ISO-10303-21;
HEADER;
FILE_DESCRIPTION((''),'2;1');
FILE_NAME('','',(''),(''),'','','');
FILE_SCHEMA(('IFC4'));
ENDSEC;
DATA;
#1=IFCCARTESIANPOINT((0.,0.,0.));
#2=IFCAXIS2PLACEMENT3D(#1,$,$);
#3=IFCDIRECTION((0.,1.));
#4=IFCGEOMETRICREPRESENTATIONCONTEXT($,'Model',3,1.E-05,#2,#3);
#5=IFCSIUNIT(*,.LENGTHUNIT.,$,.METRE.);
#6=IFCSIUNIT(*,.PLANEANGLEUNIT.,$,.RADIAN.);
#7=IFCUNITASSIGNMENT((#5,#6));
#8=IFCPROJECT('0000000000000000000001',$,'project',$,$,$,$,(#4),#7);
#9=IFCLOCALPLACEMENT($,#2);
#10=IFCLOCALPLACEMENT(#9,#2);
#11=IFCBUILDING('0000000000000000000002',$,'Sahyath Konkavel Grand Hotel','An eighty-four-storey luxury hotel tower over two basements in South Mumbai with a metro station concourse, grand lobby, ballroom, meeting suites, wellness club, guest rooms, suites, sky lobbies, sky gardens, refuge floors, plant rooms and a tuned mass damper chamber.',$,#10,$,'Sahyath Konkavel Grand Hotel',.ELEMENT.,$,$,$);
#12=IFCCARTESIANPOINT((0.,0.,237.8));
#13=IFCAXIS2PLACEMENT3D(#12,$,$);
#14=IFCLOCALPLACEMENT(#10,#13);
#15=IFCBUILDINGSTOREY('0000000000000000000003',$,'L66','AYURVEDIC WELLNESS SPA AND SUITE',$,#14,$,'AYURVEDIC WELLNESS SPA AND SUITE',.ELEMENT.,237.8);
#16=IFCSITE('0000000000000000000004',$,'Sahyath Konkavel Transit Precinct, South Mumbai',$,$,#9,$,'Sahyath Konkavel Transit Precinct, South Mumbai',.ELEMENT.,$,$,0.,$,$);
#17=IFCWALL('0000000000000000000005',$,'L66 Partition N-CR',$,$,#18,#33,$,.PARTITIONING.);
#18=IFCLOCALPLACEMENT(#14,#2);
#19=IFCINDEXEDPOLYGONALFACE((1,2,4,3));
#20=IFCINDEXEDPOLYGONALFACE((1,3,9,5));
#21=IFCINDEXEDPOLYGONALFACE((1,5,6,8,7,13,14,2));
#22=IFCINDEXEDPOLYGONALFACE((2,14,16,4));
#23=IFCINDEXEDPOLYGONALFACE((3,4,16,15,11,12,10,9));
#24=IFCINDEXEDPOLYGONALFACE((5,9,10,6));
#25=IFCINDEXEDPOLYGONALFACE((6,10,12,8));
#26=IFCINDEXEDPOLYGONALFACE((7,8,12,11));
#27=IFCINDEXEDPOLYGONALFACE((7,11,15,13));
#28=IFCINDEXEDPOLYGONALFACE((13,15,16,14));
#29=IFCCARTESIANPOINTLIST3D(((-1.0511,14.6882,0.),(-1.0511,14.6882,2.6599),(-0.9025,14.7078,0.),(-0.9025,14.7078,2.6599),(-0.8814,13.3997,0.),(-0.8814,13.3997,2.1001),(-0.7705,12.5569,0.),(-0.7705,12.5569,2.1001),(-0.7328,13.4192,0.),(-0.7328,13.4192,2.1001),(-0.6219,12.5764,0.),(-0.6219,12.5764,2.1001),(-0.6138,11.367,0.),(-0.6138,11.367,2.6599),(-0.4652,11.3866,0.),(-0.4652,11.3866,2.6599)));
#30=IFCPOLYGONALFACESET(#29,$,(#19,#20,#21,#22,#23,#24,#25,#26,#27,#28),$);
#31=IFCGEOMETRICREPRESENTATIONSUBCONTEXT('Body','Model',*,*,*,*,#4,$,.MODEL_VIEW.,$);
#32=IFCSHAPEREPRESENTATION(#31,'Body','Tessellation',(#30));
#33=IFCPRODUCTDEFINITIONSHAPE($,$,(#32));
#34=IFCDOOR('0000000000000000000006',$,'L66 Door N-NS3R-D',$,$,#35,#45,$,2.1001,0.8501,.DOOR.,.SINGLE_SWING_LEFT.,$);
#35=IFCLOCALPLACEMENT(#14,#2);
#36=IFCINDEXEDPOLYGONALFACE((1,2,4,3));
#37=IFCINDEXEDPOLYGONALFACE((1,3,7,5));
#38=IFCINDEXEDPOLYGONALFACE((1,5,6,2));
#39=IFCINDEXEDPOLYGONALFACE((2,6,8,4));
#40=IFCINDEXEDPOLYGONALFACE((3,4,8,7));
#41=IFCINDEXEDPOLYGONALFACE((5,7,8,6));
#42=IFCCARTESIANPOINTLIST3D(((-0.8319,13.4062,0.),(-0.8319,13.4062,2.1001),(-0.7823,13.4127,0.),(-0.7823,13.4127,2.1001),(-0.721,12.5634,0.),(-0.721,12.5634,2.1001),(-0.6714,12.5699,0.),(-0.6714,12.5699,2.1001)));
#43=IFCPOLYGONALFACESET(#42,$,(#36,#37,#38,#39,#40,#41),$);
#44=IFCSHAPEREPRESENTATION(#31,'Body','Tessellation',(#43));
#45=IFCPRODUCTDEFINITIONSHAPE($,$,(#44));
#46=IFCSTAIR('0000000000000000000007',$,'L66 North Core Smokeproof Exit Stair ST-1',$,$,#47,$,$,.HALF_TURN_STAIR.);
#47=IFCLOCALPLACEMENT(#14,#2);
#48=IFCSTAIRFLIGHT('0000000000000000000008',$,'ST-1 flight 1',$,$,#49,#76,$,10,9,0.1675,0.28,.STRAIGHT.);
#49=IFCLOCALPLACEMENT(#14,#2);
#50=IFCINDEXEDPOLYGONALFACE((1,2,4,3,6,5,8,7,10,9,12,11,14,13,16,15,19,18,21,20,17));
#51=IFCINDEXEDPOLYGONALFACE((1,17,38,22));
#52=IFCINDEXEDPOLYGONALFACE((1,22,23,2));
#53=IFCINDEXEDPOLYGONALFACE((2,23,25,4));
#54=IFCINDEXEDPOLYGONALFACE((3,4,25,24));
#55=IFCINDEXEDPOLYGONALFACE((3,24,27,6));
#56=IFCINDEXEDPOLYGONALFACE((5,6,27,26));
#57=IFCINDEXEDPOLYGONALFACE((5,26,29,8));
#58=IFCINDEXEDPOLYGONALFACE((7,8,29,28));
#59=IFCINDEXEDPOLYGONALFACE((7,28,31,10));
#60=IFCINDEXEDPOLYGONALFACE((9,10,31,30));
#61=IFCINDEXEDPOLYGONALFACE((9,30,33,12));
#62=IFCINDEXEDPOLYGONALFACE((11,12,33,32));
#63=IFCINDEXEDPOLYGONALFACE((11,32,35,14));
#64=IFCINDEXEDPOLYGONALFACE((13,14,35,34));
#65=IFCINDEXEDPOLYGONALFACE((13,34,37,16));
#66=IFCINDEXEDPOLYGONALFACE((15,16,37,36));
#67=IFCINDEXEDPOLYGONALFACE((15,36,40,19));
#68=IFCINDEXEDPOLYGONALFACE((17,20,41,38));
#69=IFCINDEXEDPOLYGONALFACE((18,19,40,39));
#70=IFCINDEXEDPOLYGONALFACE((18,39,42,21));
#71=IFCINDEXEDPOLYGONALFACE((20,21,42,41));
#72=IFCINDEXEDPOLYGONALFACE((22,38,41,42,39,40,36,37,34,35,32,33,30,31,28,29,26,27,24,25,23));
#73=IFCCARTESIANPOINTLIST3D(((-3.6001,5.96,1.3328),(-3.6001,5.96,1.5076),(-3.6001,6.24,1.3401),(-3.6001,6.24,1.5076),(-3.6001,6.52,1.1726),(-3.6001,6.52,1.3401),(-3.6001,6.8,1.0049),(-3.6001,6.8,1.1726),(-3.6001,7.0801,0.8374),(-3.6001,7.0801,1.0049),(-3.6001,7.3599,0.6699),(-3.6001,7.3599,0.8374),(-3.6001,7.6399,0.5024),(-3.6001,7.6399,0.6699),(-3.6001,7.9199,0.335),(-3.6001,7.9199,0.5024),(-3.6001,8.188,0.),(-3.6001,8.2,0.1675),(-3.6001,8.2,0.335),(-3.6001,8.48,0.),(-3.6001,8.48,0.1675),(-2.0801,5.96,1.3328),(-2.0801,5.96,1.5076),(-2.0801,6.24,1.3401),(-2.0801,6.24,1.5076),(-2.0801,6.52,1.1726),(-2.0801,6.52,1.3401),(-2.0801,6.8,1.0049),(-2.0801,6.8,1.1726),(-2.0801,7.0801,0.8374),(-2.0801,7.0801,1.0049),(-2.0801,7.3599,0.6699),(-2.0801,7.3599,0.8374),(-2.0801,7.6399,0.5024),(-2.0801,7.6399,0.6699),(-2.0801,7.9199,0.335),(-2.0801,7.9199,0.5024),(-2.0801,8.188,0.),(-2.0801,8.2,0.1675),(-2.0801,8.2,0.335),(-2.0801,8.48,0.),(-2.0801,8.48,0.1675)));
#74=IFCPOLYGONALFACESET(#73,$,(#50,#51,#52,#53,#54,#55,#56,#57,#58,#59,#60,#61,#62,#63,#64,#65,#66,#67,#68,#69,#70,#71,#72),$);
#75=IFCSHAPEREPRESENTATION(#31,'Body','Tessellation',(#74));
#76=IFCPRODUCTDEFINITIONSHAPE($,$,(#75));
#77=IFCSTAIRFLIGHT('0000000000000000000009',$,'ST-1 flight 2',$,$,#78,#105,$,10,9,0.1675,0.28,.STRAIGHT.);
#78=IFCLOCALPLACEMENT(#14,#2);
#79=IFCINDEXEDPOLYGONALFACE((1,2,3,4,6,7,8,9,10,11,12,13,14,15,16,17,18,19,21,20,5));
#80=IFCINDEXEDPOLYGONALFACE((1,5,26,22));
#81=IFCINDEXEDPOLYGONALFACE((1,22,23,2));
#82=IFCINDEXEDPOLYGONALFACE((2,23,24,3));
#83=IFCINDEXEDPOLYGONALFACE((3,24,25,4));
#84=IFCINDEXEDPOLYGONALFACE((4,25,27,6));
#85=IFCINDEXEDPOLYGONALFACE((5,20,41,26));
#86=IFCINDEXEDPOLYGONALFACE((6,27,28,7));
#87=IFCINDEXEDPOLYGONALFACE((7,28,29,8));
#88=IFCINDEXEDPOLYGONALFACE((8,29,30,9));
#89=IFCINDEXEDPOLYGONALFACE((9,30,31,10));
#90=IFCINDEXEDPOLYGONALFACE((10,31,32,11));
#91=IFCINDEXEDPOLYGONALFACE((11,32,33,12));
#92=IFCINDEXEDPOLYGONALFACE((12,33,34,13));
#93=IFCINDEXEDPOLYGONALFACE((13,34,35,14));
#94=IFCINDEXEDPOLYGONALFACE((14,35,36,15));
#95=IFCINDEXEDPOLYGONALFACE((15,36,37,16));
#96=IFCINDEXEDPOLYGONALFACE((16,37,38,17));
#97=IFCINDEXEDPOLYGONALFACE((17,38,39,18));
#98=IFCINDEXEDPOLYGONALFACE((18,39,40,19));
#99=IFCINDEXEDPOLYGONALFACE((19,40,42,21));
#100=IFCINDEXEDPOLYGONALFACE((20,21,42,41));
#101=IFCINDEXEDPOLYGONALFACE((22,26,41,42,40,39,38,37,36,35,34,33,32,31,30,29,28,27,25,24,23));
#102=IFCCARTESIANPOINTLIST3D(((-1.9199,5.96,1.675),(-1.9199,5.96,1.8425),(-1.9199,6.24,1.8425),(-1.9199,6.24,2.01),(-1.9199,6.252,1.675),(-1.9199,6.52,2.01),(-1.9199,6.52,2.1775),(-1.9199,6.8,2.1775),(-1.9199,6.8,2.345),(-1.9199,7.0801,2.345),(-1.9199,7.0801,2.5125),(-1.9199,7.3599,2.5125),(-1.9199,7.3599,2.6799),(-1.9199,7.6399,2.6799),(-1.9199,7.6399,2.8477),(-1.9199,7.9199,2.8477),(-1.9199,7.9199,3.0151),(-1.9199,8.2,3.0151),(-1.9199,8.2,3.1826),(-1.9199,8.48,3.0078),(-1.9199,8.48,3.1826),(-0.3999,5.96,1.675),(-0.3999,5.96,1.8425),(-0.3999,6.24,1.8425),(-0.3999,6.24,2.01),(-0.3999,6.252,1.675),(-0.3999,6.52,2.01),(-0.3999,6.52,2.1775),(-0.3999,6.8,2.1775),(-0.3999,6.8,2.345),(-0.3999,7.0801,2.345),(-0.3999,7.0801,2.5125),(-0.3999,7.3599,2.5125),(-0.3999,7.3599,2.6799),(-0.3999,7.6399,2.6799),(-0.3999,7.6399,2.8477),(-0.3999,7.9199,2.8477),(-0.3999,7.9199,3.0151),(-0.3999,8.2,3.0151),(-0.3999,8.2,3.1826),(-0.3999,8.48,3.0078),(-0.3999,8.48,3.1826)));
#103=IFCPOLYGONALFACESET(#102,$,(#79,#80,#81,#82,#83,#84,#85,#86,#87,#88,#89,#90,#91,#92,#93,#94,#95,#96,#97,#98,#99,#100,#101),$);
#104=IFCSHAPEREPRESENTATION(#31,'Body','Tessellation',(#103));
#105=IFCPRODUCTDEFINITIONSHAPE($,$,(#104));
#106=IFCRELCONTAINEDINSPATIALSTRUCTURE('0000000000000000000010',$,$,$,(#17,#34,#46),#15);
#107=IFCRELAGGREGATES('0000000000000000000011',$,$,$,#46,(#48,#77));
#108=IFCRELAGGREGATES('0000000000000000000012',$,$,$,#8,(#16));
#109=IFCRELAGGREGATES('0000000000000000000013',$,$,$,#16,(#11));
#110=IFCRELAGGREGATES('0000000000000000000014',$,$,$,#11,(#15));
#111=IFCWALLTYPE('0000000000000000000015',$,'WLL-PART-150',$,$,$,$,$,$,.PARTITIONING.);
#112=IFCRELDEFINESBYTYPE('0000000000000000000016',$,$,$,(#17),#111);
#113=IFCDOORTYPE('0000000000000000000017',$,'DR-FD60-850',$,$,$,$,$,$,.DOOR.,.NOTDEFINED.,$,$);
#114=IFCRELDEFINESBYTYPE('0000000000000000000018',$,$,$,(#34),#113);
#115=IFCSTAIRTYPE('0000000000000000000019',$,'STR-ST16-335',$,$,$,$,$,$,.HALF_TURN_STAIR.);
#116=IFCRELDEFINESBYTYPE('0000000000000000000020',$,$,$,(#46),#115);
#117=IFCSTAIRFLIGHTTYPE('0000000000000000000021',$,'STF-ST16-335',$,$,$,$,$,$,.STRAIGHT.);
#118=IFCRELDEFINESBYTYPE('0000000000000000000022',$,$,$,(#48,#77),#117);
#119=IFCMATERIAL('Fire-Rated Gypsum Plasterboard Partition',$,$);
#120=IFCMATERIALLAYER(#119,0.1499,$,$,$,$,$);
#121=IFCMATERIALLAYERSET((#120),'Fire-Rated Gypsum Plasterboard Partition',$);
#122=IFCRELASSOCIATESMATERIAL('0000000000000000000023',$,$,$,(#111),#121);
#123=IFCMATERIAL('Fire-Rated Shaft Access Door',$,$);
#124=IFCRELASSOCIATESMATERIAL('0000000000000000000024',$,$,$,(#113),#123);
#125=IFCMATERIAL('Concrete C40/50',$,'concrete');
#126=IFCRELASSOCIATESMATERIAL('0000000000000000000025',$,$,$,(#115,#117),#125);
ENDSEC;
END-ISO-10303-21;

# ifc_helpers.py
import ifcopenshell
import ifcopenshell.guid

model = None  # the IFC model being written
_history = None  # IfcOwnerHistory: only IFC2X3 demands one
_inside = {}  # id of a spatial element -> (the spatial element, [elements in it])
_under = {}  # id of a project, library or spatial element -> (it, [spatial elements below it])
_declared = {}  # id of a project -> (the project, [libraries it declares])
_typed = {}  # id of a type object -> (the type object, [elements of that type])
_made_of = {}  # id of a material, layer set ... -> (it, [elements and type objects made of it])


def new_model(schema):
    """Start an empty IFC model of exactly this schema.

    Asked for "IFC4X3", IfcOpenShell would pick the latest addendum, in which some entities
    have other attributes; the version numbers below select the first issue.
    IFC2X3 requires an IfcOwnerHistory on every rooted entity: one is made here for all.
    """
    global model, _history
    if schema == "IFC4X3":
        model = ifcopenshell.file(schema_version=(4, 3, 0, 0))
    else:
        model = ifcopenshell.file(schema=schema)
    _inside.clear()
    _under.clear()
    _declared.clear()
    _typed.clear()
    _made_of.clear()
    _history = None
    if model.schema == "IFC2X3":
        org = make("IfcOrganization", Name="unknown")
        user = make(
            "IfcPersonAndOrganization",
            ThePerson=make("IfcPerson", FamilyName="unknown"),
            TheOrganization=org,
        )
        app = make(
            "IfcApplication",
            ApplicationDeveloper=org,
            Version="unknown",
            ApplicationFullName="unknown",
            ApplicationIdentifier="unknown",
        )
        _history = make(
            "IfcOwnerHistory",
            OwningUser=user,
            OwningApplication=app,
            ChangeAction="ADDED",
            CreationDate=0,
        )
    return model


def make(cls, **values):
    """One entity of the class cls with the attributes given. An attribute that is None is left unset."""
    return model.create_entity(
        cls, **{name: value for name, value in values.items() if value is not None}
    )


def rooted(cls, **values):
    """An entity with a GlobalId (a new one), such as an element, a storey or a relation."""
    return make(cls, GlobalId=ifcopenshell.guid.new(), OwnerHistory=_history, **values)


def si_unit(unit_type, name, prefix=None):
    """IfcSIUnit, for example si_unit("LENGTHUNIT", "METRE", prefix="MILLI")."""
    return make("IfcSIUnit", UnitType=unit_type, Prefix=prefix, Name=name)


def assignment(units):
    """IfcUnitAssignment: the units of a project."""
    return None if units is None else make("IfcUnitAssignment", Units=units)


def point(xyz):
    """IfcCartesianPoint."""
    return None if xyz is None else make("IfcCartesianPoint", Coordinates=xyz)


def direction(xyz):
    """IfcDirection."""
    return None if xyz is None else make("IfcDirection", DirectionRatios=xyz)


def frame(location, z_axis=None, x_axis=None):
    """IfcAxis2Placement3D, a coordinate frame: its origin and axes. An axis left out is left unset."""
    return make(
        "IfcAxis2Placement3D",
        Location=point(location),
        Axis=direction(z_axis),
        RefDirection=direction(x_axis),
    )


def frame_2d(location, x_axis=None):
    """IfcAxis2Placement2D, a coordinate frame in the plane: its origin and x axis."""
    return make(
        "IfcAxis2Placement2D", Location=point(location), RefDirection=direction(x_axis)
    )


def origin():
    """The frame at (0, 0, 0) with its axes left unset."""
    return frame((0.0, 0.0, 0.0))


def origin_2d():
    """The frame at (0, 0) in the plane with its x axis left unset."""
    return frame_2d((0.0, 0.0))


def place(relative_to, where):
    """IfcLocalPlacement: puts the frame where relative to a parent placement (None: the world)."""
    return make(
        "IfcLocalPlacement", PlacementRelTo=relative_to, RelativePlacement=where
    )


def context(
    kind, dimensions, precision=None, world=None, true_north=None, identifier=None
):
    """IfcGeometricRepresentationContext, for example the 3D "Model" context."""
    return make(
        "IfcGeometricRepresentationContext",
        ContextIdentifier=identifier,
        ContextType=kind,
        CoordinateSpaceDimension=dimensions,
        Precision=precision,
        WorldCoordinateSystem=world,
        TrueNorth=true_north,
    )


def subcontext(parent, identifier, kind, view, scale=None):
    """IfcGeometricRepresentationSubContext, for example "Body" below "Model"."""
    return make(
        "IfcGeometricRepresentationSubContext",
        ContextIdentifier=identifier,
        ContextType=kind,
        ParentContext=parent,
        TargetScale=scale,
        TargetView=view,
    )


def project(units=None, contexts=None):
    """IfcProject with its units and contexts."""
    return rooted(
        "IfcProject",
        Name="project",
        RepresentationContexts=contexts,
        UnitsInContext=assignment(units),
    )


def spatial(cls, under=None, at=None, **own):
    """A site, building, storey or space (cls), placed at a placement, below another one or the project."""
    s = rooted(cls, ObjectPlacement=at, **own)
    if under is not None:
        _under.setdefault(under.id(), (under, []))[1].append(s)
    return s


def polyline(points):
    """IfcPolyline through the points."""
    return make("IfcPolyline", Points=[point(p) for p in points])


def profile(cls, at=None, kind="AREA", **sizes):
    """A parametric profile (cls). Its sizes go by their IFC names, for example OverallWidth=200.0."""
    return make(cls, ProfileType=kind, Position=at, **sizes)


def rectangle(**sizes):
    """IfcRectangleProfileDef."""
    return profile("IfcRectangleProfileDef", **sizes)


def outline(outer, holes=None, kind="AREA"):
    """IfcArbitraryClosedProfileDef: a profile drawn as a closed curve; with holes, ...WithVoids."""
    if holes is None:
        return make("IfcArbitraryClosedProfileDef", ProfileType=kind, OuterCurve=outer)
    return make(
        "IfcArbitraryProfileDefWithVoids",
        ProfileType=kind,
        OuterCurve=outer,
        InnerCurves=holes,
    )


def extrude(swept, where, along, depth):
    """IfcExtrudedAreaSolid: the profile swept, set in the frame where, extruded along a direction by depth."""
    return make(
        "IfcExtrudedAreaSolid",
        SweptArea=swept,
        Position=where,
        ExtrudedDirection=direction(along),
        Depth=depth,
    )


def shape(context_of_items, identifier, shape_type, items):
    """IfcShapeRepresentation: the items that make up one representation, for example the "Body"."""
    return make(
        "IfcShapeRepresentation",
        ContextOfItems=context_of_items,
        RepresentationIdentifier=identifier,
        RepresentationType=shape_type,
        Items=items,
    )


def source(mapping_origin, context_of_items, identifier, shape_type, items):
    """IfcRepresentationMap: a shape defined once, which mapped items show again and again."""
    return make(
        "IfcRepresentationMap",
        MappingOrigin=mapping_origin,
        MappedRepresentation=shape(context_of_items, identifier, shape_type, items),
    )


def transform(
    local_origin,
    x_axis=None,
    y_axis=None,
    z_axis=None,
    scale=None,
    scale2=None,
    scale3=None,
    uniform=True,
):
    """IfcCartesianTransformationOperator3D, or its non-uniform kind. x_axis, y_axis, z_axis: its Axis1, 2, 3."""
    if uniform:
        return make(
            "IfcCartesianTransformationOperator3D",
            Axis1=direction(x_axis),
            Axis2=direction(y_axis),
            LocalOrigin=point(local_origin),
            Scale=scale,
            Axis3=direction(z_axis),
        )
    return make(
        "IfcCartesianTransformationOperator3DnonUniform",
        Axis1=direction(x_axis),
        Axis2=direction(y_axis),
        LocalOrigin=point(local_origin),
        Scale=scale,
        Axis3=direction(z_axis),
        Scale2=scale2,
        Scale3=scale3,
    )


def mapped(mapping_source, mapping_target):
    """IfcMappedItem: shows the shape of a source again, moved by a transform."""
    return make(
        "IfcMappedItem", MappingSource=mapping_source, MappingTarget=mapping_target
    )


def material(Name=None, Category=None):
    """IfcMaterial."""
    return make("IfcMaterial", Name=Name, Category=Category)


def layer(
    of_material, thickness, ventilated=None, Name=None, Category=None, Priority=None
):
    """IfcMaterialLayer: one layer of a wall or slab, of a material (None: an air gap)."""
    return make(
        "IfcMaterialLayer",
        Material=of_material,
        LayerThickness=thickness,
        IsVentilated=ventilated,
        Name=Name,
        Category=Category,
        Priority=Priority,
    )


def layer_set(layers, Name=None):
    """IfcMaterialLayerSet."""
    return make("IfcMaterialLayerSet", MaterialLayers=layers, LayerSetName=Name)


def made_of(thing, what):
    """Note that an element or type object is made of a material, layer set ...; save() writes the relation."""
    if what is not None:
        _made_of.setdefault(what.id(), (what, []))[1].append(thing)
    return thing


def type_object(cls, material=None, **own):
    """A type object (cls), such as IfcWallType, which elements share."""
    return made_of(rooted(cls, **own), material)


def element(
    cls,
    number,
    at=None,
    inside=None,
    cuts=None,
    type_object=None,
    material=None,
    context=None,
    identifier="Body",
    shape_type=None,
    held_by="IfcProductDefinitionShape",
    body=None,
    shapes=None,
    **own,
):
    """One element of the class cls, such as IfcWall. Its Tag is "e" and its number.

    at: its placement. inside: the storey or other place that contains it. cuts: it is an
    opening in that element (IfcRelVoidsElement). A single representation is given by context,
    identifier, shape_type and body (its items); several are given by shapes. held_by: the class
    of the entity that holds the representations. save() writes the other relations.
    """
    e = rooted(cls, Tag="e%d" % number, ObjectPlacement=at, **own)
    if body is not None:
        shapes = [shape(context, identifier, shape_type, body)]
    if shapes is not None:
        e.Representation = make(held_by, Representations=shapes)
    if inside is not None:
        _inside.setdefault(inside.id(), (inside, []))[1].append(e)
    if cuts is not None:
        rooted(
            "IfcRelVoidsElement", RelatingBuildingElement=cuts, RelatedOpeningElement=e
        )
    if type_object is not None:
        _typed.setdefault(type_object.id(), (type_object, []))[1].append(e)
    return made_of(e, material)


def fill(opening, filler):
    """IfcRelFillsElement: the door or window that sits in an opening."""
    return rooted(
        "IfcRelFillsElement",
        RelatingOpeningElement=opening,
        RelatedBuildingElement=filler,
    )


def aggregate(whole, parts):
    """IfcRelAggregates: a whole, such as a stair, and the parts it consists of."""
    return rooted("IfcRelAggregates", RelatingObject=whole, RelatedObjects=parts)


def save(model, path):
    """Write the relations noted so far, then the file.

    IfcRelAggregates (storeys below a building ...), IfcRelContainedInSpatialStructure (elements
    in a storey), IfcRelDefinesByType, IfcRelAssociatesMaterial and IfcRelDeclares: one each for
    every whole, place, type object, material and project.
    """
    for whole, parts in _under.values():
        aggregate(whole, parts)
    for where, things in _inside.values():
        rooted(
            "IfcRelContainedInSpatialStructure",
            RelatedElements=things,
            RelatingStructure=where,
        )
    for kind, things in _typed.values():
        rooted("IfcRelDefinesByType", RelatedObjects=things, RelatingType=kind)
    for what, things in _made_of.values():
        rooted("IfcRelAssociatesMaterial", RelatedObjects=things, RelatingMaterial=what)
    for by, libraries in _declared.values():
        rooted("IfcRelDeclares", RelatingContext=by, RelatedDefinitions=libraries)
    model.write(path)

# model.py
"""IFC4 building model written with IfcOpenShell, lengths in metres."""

from ifc_helpers import new_model, si_unit, direction, frame, frame_2d, origin, origin_2d, place, context, subcontext, project, spatial, polyline, rectangle, outline, extrude, source, transform, mapped, material, layer, layer_set, type_object, element, fill, aggregate, save


model = new_model("IFC4")

# Units and contexts
model_context = context("Model", 3, precision=1e-05, world=origin(), true_north=direction((0.0, 1.0)))
body_context = subcontext(model_context, "Body", "Model", "MODEL_VIEW")
ifc_project = project(units=[si_unit("LENGTHUNIT", "METRE"), si_unit("PLANEANGLEUNIT", "RADIAN")], contexts=[model_context])

# Site, building, storey
site_placement = place(None, origin())
site = spatial("IfcSite", under=ifc_project, at=site_placement, Name="Sahyath Konkavel Transit Precinct, South Mumbai", LongName="Sahyath Konkavel Transit Precinct, South Mumbai", CompositionType="ELEMENT", RefElevation=0.0)
building_placement = place(site_placement, origin())
building = spatial("IfcBuilding", under=site, at=building_placement, Name="Sahyath Konkavel Grand Hotel", Description="An eighty-four-storey luxury hotel tower over two basements in South Mumbai with a metro station concourse, grand lobby, ballroom, meeting suites, wellness club, guest rooms, suites, sky lobbies, sky gardens, refuge floors, plant rooms and a tuned mass damper chamber.", LongName="Sahyath Konkavel Grand Hotel", CompositionType="ELEMENT")
storey_placement = place(building_placement, frame((0.0, 0.0, 237.8)))
storey = spatial("IfcBuildingStorey", under=building, at=storey_placement, Name="L66", Description="AYURVEDIC WELLNESS SPA AND SUITE", LongName="AYURVEDIC WELLNESS SPA AND SUITE", CompositionType="ELEMENT", Elevation=237.8)

# Shared definitions
ifc_material_1 = material(Name="Concrete C40/50", Category="concrete")

# Wall, opening, door
ifc_material_2 = material(Name="Fire-Rated Gypsum Plasterboard Partition")
ifc_layer_1 = layer(ifc_material_2, 0.1499)
ifc_layer_set_1 = layer_set([ifc_layer_1], Name="Fire-Rated Gypsum Plasterboard Partition")
wall_type_1 = type_object("IfcWallType", Name="WLL-PART-150", PredefinedType="PARTITIONING", material=ifc_layer_set_1)
ifc_material_3 = material(Name="Fire-Rated Shaft Access Door")
door_type = type_object("IfcDoorType", Name="DR-FD60-850", OperationType="NOTDEFINED", PredefinedType="DOOR", material=ifc_material_3)
shared_shape_1 = source(origin(), body_context, "Body", "SweptSolid", [
    extrude(rectangle(XDim=0.8501, YDim=0.05, at=origin_2d()), origin(), (0.0, 0.0, 1.0), 2.1001),
])
wall_1_placement = place(storey_placement, frame((-0.5396, 11.377, 0.0), z_axis=(0.0, 0.0, 1.0), x_axis=(-0.130526, 0.991445, 0.0)))
wall_1 = element("IfcWall", 1, at=wall_1_placement, inside=storey, type_object=wall_type_1, Name="L66 Partition N-CR", PredefinedType="PARTITIONING", context=body_context, shape_type="SweptSolid", body=[
    extrude(rectangle(XDim=3.3499, YDim=0.1499, at=frame_2d((1.6748, 0.0))), origin(), (0.0, 0.0, 1.0), 2.6599),
])
opening_1_placement = place(wall_1_placement, frame((1.2, 0.0, 0.0)))
opening_1 = element("IfcOpeningElement", 2, at=opening_1_placement, cuts=wall_1, PredefinedType="OPENING", context=body_context, shape_type="SweptSolid", body=[
    extrude(rectangle(XDim=0.8501, YDim=2.1001, at=frame_2d((0.425, 1.05))), frame((0.0, 0.085, 0.0), z_axis=(0.0, -1.0, 0.0), x_axis=(1.0, 0.0, 0.0)), (0.0, 0.0, 1.0), 0.1699),
])
door_1_placement = place(opening_1_placement, frame((0.425, 0.0, 0.0)))
door_1 = element("IfcDoor", 3, at=door_1_placement, inside=storey, type_object=door_type, Name="L66 Door N-NS3R-D", OperationType="SINGLE_SWING_LEFT", OverallHeight=2.1001, OverallWidth=0.8501, PredefinedType="DOOR", context=body_context, shape_type="MappedRepresentation", body=[
    mapped(shared_shape_1, transform((0.0, 0.0, 0.0), scale=1.0)),
])
fill(opening_1, door_1)

# Stair, stair flights
stair_type = type_object("IfcStairType", Name="STR-ST16-335", PredefinedType="HALF_TURN_STAIR", material=ifc_material_1)
stair_placement = place(storey_placement, origin())
stair = element("IfcStair", 4, at=stair_placement, inside=storey, type_object=stair_type, Name="L66 North Core Smokeproof Exit Stair ST-1", PredefinedType="HALF_TURN_STAIR")
stair_flight_type = type_object("IfcStairFlightType", Name="STF-ST16-335", PredefinedType="STRAIGHT", material=ifc_material_1)
stair_flight_1_placement = place(storey_placement, frame((-2.8401, 8.48, 0.0), z_axis=(0.0, 0.0, 1.0), x_axis=(0.0, -1.0, 0.0)))
stair_flight_1 = element("IfcStairFlight", 5, at=stair_flight_1_placement, type_object=stair_flight_type, Name="ST-1 flight 1", NumberOfRisers=10, NumberOfTreads=9, PredefinedType="STRAIGHT", RiserHeight=0.1675, TreadLength=0.28, context=body_context, shape_type="SweptSolid", body=[
    extrude(outline(polyline([(0.0, 0.0), (0.0, 0.1675), (0.28, 0.1675), (0.28, 0.335), (0.5601, 0.335), (0.5601, 0.5024), (0.8401, 0.5024), (0.8401, 0.6699), (1.1201, 0.6699), (1.1201, 0.8374), (1.3999, 0.8374), (1.3999, 1.0049), (1.6799, 1.0049), (1.6799, 1.1726), (1.96, 1.1726), (1.96, 1.3401), (2.24, 1.3401), (2.24, 1.5076), (2.52, 1.5076), (2.52, 1.675), (2.52, 1.3328), (0.292, 0.0), (0.0, 0.0)])), frame((0.0, 0.76, 0.0), z_axis=(0.0, -1.0, 0.0), x_axis=(1.0, 0.0, 0.0)), (0.0, 0.0, 1.0), 1.52),
])
stair_flight_2_placement = place(storey_placement, frame((-1.1599, 5.96, 1.675), z_axis=(0.0, 0.0, 1.0), x_axis=(0.0, 1.0, 0.0)))
stair_flight_2 = element("IfcStairFlight", 6, at=stair_flight_2_placement, type_object=stair_flight_type, Name="ST-1 flight 2", NumberOfRisers=10, NumberOfTreads=9, PredefinedType="STRAIGHT", RiserHeight=0.1675, TreadLength=0.28, context=body_context, shape_type="SweptSolid", body=[
    extrude(outline(polyline([(0.0, 0.0), (0.0, 0.1675), (0.28, 0.1675), (0.28, 0.335), (0.5601, 0.335), (0.5601, 0.5024), (0.8401, 0.5024), (0.8401, 0.6699), (1.1201, 0.6699), (1.1201, 0.8374), (1.3999, 0.8374), (1.3999, 1.0049), (1.6799, 1.0049), (1.6799, 1.1726), (1.96, 1.1726), (1.96, 1.3401), (2.24, 1.3401), (2.24, 1.5076), (2.52, 1.5076), (2.52, 1.675), (2.52, 1.3328), (0.292, 0.0), (0.0, 0.0)])), frame((0.0, 0.76, 0.0), z_axis=(0.0, -1.0, 0.0), x_axis=(1.0, 0.0, 0.0)), (0.0, 0.0, 1.0), 1.52),
])
aggregate(stair, [stair_flight_1, stair_flight_2])

save(model, "model.ifc")
